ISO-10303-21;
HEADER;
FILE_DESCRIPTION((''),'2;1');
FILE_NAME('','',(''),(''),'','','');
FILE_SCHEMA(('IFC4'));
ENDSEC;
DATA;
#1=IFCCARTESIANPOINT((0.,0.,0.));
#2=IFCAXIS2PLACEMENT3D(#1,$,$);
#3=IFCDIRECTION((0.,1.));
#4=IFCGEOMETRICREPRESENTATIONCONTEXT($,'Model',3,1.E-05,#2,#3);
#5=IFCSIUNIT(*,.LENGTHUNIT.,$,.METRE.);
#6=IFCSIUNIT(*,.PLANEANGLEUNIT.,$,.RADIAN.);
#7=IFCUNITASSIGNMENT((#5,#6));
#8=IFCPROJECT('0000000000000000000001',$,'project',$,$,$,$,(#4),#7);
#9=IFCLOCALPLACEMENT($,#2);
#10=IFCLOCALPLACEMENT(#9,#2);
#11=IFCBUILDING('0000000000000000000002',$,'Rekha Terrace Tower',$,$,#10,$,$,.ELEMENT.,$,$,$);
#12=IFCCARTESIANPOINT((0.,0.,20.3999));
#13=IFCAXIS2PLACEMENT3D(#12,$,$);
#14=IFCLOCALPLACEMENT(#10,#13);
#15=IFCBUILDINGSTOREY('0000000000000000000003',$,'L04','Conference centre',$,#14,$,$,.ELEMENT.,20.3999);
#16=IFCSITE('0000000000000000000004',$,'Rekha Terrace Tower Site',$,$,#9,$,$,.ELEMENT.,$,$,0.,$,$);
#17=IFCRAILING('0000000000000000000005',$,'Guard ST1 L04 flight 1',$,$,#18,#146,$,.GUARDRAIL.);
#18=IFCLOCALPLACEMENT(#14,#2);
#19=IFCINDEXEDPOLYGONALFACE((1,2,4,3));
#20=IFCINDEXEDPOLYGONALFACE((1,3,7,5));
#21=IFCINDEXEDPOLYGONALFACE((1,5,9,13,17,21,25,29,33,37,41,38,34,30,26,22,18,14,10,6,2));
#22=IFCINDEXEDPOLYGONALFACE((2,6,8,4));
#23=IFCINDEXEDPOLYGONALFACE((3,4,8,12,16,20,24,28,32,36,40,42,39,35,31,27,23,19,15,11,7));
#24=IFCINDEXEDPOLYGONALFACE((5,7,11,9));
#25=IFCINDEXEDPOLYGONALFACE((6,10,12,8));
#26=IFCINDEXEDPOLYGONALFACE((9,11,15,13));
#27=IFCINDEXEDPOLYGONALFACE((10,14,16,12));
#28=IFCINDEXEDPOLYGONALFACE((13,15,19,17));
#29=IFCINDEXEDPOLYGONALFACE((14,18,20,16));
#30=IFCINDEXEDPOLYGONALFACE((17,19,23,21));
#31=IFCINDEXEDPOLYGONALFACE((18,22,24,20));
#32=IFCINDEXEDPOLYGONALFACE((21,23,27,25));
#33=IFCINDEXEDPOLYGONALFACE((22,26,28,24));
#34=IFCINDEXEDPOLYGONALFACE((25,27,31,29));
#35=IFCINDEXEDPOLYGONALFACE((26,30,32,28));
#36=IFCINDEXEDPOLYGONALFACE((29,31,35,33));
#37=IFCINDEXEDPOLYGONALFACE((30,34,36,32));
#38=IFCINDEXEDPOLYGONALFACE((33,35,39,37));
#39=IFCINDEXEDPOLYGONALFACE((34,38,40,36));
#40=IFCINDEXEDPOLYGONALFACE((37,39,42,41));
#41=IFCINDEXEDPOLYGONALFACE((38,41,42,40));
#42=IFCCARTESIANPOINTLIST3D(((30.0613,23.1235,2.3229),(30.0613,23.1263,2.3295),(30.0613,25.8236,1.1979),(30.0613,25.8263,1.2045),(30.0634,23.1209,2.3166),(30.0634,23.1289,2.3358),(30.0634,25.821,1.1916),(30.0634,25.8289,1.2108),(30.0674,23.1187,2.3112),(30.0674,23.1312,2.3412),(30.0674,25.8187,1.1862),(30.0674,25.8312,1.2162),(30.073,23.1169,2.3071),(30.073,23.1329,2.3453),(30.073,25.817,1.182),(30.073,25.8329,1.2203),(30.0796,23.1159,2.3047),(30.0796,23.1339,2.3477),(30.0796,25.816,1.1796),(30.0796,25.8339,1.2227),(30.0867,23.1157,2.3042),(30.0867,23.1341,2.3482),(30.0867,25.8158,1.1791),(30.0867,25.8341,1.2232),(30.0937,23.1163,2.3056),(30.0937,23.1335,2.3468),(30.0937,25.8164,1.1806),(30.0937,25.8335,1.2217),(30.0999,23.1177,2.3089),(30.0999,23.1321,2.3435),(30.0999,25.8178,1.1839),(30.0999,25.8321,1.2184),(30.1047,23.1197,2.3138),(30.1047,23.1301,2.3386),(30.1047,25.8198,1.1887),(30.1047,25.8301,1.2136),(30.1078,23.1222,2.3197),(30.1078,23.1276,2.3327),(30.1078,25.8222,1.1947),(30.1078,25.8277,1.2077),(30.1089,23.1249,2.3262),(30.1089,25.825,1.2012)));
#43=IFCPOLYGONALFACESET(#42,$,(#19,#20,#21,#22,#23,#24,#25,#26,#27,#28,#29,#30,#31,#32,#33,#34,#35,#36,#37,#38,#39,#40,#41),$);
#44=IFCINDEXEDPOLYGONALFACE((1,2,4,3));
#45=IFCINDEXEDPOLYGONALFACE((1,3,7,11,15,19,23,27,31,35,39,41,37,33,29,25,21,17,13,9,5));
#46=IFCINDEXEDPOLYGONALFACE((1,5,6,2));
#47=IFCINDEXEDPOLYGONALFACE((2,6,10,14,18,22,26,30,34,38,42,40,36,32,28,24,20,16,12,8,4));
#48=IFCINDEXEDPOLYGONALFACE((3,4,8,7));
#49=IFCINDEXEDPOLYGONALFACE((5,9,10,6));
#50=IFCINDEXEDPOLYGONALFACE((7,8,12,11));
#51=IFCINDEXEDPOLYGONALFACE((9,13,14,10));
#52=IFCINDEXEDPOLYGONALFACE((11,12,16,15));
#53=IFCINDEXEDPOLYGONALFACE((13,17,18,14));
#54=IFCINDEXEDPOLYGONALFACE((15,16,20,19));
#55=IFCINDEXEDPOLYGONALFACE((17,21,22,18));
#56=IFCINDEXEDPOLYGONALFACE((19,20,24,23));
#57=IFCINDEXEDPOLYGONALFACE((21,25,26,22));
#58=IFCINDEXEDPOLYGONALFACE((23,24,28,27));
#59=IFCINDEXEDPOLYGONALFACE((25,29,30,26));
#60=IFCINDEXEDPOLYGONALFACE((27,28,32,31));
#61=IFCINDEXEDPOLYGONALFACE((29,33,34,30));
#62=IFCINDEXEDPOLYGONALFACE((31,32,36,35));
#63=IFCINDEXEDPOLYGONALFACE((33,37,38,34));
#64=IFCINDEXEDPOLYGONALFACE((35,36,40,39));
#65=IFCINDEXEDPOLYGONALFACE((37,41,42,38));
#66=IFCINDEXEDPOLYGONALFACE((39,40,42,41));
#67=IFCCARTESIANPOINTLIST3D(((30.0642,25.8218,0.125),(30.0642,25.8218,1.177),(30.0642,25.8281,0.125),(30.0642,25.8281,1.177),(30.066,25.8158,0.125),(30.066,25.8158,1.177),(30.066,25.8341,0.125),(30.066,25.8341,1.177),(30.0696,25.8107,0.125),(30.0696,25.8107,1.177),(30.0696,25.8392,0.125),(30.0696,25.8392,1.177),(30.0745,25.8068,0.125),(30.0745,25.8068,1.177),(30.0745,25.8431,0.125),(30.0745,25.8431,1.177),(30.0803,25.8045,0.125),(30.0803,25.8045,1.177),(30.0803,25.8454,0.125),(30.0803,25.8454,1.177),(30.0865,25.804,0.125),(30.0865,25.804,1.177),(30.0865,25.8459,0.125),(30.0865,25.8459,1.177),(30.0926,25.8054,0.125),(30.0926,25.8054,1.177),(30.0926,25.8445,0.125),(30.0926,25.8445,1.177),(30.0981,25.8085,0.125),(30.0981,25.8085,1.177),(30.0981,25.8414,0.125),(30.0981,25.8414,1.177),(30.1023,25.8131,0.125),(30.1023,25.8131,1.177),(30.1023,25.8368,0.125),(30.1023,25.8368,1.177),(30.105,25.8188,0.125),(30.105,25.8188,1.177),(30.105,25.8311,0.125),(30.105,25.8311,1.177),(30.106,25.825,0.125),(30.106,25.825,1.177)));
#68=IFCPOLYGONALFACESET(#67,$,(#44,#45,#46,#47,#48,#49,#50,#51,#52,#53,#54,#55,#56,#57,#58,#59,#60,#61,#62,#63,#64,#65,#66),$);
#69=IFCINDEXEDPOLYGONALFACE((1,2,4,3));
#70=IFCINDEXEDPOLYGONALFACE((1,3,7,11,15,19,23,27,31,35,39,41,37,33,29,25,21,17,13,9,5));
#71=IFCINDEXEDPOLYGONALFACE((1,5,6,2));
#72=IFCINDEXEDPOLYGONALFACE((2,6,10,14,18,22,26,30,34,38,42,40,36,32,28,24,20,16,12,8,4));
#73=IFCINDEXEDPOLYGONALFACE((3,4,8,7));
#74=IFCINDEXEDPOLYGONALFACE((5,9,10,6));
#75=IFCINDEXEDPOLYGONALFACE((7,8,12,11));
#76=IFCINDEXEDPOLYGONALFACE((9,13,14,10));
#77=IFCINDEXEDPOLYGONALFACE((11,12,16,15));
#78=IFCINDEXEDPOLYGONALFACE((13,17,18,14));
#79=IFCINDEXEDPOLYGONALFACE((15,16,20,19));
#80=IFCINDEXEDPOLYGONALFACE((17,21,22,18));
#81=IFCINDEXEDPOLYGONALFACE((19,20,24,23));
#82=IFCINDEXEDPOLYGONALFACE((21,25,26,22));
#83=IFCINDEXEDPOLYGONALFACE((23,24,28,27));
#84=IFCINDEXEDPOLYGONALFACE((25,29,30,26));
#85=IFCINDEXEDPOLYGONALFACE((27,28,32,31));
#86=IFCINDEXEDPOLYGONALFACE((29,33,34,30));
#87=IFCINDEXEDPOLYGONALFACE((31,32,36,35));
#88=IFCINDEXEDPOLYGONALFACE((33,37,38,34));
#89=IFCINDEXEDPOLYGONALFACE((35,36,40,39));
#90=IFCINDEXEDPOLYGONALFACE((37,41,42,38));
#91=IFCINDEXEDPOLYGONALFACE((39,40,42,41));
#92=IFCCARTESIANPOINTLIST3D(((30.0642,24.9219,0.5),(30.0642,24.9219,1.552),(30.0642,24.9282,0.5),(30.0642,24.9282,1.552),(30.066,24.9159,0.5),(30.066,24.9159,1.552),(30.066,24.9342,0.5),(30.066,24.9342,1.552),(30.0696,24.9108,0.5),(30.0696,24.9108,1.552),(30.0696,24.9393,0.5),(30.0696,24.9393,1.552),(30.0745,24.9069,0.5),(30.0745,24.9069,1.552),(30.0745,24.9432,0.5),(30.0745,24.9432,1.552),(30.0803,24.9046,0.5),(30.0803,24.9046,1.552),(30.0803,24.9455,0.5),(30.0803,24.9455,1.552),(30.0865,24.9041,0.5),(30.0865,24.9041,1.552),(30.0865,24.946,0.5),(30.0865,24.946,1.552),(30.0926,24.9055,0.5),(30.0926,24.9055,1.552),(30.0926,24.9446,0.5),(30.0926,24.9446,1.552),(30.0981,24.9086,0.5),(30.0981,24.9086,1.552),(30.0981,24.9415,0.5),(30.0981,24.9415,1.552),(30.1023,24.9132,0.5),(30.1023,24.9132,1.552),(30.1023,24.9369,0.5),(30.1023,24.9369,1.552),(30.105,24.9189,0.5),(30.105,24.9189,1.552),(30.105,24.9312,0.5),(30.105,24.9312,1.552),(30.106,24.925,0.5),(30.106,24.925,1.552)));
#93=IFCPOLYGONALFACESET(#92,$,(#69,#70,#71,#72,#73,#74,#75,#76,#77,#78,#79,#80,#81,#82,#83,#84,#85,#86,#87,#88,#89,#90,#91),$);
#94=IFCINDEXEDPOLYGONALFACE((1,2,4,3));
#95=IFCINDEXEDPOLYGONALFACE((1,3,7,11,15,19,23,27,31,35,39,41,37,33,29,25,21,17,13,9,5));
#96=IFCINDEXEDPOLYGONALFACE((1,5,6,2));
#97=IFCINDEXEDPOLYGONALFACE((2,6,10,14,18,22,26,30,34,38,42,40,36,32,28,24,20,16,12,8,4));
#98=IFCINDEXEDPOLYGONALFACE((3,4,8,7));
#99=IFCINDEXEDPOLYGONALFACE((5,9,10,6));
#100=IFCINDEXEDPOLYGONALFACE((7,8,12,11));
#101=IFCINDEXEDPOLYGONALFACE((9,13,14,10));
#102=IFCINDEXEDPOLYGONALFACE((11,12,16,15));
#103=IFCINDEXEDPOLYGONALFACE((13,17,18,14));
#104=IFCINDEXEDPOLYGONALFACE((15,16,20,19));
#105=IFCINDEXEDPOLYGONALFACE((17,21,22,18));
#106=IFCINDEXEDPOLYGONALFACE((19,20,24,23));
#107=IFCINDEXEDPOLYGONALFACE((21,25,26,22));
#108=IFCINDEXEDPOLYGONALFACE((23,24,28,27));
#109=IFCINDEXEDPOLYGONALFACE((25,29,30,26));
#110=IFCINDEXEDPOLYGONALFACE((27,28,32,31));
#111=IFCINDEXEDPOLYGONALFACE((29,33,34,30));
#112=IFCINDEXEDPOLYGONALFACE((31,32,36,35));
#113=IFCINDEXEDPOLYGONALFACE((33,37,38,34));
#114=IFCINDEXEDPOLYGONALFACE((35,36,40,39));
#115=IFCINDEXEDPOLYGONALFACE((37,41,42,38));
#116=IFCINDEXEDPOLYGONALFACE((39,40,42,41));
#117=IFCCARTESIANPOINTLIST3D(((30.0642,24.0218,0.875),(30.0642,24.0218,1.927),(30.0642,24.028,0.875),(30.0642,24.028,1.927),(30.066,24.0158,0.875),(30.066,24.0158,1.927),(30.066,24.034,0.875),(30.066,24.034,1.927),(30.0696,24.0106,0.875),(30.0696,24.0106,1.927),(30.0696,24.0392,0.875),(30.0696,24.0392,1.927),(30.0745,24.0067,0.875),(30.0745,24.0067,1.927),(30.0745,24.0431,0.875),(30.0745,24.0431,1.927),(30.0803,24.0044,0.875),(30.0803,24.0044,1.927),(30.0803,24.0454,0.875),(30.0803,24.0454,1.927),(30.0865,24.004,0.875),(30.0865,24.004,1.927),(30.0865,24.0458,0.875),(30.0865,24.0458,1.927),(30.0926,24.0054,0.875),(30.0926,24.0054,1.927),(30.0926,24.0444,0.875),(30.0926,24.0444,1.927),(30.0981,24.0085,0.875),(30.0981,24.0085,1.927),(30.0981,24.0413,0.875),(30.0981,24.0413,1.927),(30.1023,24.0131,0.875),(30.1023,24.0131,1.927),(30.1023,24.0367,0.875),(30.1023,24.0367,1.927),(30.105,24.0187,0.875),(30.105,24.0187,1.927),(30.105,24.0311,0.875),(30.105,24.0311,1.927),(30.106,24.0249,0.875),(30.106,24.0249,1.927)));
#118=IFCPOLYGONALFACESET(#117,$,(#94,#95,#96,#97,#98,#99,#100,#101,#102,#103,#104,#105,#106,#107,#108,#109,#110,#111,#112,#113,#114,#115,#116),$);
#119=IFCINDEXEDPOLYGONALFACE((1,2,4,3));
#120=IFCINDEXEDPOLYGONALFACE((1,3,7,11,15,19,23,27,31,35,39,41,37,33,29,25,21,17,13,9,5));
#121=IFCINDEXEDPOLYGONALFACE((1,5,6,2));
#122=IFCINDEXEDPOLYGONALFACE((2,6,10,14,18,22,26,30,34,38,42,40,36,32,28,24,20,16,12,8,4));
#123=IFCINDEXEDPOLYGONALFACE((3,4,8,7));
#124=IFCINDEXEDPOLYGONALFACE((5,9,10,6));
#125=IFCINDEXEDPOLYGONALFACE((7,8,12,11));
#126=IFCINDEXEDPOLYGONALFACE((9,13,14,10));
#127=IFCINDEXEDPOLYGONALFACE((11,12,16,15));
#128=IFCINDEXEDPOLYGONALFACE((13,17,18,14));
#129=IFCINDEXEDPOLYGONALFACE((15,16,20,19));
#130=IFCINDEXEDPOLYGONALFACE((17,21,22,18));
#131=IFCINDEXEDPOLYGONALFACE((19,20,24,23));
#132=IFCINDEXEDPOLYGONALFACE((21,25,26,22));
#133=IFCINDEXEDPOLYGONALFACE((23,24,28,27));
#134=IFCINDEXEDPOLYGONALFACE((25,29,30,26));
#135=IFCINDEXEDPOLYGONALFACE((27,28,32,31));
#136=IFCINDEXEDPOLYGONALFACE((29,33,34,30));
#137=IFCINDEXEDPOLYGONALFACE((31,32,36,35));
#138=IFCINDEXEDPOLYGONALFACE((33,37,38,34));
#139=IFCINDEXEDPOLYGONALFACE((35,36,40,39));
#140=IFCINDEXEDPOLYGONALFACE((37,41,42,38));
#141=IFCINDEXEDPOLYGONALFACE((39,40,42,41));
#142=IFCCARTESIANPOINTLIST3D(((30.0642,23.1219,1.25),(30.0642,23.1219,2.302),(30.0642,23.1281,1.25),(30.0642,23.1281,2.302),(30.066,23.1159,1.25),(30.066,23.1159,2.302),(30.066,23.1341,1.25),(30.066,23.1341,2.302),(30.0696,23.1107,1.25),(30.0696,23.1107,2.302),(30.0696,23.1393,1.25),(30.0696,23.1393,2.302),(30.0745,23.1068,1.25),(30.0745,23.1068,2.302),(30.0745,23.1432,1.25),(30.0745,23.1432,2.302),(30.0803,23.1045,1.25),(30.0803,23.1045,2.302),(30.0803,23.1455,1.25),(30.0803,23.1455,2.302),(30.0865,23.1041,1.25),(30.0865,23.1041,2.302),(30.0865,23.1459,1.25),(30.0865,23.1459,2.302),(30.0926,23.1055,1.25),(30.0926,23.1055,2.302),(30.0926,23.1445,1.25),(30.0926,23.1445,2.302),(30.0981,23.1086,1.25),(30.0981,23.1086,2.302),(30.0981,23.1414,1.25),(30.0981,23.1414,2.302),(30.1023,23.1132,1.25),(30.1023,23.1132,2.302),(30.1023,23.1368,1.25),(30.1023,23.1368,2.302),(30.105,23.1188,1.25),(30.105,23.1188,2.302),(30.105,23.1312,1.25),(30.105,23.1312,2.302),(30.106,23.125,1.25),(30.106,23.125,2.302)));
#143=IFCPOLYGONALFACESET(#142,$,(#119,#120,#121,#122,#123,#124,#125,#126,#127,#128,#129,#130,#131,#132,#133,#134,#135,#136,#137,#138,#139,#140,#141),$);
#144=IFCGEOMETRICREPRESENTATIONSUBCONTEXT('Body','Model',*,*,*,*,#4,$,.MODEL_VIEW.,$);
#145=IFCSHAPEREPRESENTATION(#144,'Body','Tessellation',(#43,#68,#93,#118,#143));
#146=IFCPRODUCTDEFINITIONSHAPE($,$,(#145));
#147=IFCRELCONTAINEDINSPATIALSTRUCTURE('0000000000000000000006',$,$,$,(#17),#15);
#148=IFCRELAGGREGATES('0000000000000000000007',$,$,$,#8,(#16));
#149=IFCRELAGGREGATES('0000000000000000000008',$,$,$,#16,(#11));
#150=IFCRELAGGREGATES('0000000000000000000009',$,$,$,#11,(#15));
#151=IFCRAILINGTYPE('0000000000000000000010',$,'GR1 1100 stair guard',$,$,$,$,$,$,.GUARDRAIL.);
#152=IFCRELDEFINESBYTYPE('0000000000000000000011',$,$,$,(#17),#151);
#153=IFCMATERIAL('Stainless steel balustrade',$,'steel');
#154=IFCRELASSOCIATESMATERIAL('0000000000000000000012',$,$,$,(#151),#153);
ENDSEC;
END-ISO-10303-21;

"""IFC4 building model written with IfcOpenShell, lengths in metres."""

from ifc_helpers import new_model, si_unit, direction, frame, origin, origin_2d, place, context, subcontext, project, spatial, circle, extrude, material, type_object, element, save


model = new_model("IFC4")

# Units and contexts
model_context = context("Model", 3, precision=1e-05, world=origin(), true_north=direction((0.0, 1.0)))
body_context = subcontext(model_context, "Body", "Model", "MODEL_VIEW")
ifc_project = project(units=[si_unit("LENGTHUNIT", "METRE"), si_unit("PLANEANGLEUNIT", "RADIAN")], contexts=[model_context])

# Site, building, storey
site_placement = place(None, origin())
site = spatial("IfcSite", under=ifc_project, at=site_placement, Name="Rekha Terrace Tower Site", CompositionType="ELEMENT", RefElevation=0.0)
building_placement = place(site_placement, origin())
building = spatial("IfcBuilding", under=site, at=building_placement, Name="Rekha Terrace Tower", CompositionType="ELEMENT")
storey_placement = place(building_placement, frame((0.0, 0.0, 20.3999)))
storey = spatial("IfcBuildingStorey", under=building, at=storey_placement, Name="L04", Description="Conference centre", CompositionType="ELEMENT", Elevation=20.3999)

# Railing
ifc_material_1 = material(Name="Stainless steel balustrade", Category="steel")
railing_type_1 = type_object("IfcRailingType", Name="GR1 1100 stair guard", PredefinedType="GUARDRAIL", material=ifc_material_1)
railing_1_placement = place(storey_placement, frame((30.085, 25.825, 0.125)))
element("IfcRailing", 1, at=railing_1_placement, inside=storey, type_object=railing_type_1, Name="Guard ST1 L04 flight 1", PredefinedType="GUARDRAIL", context=body_context, shape_type="SweptSolid", body=[
    extrude(circle(Radius=0.0239, at=origin_2d()), frame((0.0, 0.0, 1.0762), z_axis=(0.0, -0.923074, 0.384621), x_axis=(1.0, 0.0, 0.0)), (0.0, 0.0, 1.0), 2.925),
    extrude(circle(Radius=0.021, at=origin_2d()), origin(), (0.0, 0.0, 1.0), 1.052),
    extrude(circle(Radius=0.021, at=origin_2d()), frame((0.0, -0.8999, 0.375)), (0.0, 0.0, 1.0), 1.052),
    extrude(circle(Radius=0.021, at=origin_2d()), frame((0.0, -1.8, 0.75)), (0.0, 0.0, 1.0), 1.052),
    extrude(circle(Radius=0.021, at=origin_2d()), frame((0.0, -2.7, 1.125)), (0.0, 0.0, 1.0), 1.052),
])

save(model, "model.ifc")
